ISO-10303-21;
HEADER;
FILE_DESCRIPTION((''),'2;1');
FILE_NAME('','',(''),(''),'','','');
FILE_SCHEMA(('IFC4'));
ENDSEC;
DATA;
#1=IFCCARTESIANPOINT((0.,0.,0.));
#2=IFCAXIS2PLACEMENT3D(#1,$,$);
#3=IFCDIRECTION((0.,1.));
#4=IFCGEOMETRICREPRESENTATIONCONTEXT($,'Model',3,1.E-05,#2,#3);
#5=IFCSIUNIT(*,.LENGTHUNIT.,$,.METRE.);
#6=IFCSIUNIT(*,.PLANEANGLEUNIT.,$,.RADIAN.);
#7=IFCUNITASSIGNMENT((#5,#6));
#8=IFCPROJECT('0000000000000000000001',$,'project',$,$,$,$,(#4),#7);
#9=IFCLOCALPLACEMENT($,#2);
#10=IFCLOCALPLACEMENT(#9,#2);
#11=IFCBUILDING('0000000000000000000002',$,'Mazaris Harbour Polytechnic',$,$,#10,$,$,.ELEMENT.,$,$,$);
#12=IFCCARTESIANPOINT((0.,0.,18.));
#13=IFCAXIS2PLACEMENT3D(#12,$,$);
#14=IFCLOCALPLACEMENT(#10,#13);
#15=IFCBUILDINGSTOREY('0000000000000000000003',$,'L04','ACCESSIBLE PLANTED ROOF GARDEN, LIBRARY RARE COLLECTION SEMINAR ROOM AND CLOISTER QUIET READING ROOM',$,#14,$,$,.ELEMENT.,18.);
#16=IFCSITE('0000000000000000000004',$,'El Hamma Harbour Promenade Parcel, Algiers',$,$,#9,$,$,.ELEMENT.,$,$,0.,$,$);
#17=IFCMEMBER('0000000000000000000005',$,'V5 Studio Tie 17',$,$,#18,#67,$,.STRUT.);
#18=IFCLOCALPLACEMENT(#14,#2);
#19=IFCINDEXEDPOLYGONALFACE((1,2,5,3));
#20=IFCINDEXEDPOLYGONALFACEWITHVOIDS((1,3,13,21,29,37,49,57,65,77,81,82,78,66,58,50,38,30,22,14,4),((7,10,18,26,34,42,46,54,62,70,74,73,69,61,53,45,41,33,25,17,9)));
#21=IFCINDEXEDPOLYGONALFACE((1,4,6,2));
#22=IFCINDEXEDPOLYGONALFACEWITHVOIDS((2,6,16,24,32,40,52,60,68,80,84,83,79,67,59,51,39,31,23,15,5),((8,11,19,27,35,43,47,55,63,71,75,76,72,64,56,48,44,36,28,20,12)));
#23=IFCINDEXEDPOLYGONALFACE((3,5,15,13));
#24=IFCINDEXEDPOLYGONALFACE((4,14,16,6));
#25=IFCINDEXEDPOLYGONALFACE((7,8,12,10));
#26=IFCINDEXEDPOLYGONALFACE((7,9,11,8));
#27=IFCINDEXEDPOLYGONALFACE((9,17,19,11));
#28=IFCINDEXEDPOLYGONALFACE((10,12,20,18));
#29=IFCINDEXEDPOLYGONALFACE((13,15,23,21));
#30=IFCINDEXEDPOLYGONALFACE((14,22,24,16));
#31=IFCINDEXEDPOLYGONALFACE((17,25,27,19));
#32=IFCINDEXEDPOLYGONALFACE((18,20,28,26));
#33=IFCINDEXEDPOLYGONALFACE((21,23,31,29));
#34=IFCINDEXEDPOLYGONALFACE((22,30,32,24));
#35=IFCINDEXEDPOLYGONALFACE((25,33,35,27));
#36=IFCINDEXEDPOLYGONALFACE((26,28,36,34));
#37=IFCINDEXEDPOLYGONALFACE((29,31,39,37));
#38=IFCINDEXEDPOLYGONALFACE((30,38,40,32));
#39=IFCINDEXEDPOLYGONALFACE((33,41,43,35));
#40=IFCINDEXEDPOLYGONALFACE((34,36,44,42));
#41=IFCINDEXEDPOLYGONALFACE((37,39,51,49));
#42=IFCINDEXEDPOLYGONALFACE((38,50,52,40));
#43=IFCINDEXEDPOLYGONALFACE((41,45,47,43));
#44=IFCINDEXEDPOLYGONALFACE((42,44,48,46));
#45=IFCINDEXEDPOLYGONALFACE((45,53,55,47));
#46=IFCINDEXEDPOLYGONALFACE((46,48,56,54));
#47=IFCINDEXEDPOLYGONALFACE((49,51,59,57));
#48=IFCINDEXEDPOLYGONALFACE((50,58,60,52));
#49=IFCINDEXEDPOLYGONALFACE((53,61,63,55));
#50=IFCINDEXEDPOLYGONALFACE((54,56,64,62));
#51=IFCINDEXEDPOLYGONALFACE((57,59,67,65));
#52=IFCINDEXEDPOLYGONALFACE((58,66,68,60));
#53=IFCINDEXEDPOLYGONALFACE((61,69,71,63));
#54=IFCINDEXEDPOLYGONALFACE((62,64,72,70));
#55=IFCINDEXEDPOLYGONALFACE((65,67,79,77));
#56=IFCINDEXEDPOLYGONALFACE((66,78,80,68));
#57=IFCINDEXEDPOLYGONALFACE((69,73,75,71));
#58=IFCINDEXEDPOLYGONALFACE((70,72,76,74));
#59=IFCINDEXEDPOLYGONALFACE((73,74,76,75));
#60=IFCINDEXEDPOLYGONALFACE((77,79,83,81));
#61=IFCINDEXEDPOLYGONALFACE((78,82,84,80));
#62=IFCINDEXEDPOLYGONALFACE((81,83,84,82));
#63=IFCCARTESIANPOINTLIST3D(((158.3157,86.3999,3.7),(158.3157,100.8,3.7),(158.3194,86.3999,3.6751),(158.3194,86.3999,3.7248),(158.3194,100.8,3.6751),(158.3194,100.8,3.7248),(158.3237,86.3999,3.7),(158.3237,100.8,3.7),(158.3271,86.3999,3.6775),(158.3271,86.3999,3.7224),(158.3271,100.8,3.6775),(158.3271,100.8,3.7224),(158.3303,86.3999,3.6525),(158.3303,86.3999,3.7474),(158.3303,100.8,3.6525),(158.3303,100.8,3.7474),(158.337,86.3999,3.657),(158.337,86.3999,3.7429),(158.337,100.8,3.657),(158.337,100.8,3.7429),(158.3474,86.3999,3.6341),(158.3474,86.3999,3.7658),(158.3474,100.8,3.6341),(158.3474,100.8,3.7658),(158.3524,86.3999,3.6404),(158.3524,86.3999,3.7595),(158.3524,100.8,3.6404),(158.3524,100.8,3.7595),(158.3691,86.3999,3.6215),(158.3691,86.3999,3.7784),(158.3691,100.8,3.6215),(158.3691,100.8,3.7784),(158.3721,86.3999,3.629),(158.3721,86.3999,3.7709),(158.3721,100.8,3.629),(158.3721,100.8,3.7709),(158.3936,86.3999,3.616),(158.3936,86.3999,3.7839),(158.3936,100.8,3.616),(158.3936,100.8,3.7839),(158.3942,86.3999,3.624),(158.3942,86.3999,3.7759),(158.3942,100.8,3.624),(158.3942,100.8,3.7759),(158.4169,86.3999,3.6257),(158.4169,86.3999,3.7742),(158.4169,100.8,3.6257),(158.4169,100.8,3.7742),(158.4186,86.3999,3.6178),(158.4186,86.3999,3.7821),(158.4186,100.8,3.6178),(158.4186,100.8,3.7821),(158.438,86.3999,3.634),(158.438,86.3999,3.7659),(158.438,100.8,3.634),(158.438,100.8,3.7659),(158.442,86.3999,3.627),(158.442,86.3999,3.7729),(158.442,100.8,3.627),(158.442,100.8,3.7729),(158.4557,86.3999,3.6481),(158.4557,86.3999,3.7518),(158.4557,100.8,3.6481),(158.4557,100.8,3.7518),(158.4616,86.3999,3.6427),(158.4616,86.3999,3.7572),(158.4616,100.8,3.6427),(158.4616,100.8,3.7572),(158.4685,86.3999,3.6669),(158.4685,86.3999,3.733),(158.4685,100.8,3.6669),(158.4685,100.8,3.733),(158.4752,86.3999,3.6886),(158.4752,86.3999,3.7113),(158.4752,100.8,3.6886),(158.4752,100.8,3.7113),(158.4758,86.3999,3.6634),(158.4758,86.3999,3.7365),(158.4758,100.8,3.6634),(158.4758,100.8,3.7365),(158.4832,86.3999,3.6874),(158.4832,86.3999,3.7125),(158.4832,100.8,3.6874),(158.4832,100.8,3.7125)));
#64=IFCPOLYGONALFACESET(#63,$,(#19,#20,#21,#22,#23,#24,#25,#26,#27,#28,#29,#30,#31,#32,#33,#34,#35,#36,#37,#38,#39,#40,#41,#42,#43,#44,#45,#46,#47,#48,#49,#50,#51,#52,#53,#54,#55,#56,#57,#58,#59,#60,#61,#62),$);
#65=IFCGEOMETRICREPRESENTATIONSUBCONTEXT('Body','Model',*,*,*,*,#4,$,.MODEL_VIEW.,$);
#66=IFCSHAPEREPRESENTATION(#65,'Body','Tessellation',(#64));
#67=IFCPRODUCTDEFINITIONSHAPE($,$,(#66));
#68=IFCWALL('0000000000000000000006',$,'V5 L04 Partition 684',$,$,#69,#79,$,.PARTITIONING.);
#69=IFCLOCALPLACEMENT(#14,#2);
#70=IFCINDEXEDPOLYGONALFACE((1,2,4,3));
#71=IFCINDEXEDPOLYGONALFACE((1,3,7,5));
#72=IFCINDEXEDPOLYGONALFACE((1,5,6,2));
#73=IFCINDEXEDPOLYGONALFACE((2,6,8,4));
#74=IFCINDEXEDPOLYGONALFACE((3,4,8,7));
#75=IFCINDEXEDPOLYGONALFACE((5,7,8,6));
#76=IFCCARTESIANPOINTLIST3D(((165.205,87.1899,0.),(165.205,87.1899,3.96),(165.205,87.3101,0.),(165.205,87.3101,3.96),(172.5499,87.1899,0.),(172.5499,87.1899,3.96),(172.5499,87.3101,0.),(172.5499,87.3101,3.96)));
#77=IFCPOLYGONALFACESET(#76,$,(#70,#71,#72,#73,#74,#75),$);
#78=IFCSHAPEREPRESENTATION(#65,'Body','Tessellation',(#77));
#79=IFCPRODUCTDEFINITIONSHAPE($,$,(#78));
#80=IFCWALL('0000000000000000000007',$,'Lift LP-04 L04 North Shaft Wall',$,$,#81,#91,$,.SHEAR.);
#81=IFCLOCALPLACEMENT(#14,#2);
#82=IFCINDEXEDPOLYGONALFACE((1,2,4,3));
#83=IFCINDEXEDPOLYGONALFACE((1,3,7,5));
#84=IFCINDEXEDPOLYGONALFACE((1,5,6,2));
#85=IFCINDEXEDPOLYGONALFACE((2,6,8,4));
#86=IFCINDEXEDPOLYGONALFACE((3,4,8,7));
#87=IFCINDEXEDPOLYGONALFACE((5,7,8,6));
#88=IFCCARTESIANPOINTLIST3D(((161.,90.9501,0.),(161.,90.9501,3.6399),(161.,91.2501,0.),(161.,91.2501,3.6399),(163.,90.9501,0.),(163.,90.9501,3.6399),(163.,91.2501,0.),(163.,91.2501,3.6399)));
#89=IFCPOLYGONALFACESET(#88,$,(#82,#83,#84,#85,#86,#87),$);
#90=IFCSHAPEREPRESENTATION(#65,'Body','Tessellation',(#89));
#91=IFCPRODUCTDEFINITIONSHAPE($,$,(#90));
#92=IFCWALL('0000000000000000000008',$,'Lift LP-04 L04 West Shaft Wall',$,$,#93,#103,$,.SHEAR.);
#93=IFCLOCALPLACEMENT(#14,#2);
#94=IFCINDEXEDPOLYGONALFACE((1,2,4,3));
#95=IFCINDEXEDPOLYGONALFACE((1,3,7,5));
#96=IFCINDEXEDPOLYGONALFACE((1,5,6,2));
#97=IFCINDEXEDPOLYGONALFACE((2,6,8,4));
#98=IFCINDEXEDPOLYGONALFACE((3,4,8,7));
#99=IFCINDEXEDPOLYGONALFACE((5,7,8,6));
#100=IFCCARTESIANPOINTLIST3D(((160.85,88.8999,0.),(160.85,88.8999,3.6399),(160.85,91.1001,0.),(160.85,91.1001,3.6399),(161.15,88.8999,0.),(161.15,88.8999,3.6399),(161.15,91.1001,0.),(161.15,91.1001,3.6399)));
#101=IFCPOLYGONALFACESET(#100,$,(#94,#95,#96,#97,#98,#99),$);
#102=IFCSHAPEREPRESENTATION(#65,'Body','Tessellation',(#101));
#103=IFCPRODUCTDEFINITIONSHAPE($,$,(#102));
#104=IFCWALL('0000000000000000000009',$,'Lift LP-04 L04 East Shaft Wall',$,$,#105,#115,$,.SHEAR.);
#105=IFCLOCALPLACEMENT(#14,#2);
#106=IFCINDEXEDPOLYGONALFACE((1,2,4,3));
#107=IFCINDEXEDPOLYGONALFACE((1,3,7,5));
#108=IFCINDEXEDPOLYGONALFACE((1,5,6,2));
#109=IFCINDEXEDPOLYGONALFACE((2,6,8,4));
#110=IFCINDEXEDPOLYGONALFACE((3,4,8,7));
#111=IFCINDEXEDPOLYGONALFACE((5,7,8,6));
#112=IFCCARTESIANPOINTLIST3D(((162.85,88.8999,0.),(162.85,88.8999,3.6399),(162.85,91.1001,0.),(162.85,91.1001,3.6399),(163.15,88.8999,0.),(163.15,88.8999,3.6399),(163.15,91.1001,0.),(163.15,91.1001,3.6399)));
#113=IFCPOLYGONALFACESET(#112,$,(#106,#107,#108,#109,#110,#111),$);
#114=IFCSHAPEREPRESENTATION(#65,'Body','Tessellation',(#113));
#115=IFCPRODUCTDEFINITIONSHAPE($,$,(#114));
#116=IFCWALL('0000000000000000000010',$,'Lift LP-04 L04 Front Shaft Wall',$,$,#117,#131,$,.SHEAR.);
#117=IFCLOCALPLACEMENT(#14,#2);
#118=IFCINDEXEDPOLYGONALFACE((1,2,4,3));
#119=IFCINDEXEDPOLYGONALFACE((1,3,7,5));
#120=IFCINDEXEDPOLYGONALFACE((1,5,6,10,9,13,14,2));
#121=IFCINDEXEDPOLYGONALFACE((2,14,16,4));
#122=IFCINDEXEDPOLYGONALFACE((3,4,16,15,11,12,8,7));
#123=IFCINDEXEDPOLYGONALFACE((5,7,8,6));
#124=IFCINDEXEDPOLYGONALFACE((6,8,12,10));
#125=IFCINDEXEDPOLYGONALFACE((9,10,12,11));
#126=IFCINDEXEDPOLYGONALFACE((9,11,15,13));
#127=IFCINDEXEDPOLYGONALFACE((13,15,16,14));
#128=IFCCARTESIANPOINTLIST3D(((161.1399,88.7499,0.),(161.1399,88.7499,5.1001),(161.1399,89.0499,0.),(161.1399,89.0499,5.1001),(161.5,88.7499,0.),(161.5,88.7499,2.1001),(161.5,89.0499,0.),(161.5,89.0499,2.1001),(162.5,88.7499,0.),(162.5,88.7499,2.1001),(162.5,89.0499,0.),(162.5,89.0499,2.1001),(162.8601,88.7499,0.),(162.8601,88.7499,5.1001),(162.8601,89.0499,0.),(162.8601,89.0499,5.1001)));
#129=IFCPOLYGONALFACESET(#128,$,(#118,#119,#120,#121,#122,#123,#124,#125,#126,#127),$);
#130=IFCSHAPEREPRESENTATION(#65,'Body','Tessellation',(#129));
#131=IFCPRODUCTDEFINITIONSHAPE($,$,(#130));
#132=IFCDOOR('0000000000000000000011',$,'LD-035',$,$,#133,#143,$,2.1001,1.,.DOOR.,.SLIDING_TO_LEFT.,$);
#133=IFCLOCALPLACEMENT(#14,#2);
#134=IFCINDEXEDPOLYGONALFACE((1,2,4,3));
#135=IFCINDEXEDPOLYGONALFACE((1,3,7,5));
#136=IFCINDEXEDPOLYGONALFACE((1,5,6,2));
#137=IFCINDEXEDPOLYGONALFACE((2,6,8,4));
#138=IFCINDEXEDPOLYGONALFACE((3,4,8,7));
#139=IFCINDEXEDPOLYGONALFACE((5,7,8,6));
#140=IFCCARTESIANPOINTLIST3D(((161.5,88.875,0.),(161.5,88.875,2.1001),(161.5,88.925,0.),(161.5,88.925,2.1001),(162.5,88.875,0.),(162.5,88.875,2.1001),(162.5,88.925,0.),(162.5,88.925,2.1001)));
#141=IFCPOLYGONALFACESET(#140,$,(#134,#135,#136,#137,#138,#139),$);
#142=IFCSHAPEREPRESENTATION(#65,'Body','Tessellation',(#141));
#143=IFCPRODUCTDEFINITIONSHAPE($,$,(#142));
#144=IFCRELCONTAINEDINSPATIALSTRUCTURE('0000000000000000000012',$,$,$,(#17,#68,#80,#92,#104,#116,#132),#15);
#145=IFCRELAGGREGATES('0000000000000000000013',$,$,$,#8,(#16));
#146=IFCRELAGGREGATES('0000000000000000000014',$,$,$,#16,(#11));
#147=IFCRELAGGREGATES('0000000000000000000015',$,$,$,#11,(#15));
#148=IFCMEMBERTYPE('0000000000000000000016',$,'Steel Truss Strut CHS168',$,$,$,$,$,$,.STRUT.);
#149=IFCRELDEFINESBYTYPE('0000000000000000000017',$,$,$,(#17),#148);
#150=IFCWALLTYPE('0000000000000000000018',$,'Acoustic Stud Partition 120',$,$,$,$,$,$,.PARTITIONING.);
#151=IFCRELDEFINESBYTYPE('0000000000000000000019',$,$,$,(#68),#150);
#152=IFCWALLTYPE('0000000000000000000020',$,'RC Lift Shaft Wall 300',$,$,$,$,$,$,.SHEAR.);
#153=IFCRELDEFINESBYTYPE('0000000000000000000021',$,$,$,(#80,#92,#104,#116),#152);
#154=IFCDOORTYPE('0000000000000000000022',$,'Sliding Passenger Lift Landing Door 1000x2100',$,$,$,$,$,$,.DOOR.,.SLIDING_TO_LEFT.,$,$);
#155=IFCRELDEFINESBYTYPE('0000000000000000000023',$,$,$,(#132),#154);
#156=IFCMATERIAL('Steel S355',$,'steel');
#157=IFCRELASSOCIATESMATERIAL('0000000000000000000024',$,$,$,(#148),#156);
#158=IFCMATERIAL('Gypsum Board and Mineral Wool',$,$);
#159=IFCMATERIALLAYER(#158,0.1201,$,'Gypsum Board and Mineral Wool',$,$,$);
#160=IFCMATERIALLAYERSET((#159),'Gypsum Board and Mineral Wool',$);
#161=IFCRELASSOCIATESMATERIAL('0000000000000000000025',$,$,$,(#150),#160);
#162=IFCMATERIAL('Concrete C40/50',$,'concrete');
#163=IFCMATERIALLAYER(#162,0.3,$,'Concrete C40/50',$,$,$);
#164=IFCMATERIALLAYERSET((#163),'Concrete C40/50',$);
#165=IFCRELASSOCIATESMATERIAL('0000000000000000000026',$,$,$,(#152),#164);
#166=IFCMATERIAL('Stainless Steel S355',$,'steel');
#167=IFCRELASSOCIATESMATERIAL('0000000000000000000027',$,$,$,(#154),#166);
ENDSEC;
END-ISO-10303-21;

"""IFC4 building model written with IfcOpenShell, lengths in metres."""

from ifc_helpers import new_model, si_unit, direction, frame, frame_2d, origin, origin_2d, place, context, subcontext, project, spatial, rectangle, hollow_circle, extrude, material, layer, layer_set, material_profile, profile_set, type_object, element, fill, save


model = new_model("IFC4")

# Units and contexts
model_context = context("Model", 3, precision=1e-05, world=origin(), true_north=direction((0.0, 1.0)))
body_context = subcontext(model_context, "Body", "Model", "MODEL_VIEW")
ifc_project = project(units=[si_unit("LENGTHUNIT", "METRE"), si_unit("PLANEANGLEUNIT", "RADIAN")], contexts=[model_context])

# Site, building, storey
site_placement = place(None, origin())
site = spatial("IfcSite", under=ifc_project, at=site_placement, Name="El Hamma Harbour Promenade Parcel, Algiers", CompositionType="ELEMENT", RefElevation=0.0)
building_placement = place(site_placement, origin())
building = spatial("IfcBuilding", under=site, at=building_placement, Name="Mazaris Harbour Polytechnic", CompositionType="ELEMENT")
storey_placement = place(building_placement, frame((0.0, 0.0, 18.0)))
storey = spatial("IfcBuildingStorey", under=building, at=storey_placement, Name="L04", Description="ACCESSIBLE PLANTED ROOF GARDEN, LIBRARY RARE COLLECTION SEMINAR ROOM AND CLOISTER QUIET READING ROOM", CompositionType="ELEMENT", Elevation=18.0)

# Member
ifc_material_1 = material(Name="Steel S355", Category="steel")
ifc_material_profile_1 = material_profile(ifc_material_1, hollow_circle(Radius=0.0842, WallThickness=0.0081, at=origin_2d()), Name="CHS 168.3x8.0")
ifc_profile_set_1 = profile_set([ifc_material_profile_1], Name="Steel S355")
member_type_1 = type_object("IfcMemberType", Name="Steel Truss Strut CHS168", PredefinedType="STRUT", material=ifc_profile_set_1)
for number, where, z_axis, x_axis, name in (
    (1, (158.3999, 86.3999, 3.7), (0.0, 1.0, 0.0), (-1.0, 0.0, 0.0), "V5 Studio Tie 17"),
):
    element("IfcMember", number, at=place(storey_placement, frame(where, z_axis=z_axis, x_axis=x_axis)), inside=storey, type_object=member_type_1, Name=name, PredefinedType="STRUT", context=body_context, shape_type="SweptSolid", body=[
        extrude(hollow_circle(Radius=0.0842, WallThickness=0.0081, at=origin_2d()), origin(), (0.0, 0.0, 1.0), 14.4001),
    ])

# Walls
ifc_material_2 = material(Name="Gypsum Board and Mineral Wool")
ifc_layer_1 = layer(ifc_material_2, 0.1201, Name="Gypsum Board and Mineral Wool")
ifc_layer_set_1 = layer_set([ifc_layer_1], Name="Gypsum Board and Mineral Wool")
wall_type_1 = type_object("IfcWallType", Name="Acoustic Stud Partition 120", PredefinedType="PARTITIONING", material=ifc_layer_set_1)
wall_1_placement = place(storey_placement, frame((165.2051, 87.25, 0.0), z_axis=(0.0, 0.0, 1.0), x_axis=(1.0, 0.0, 0.0)))
element("IfcWall", 2, at=wall_1_placement, inside=storey, type_object=wall_type_1, Name="V5 L04 Partition 684", PredefinedType="PARTITIONING", context=body_context, shape_type="SweptSolid", body=[
    extrude(rectangle(XDim=7.345, YDim=0.1201, at=frame_2d((3.6724, 0.0))), origin(), (0.0, 0.0, 1.0), 3.96),
])
ifc_material_3 = material(Name="Concrete C40/50", Category="concrete")
ifc_layer_2 = layer(ifc_material_3, 0.3, Name="Concrete C40/50")
ifc_layer_set_2 = layer_set([ifc_layer_2], Name="Concrete C40/50")
wall_type_2 = type_object("IfcWallType", Name="RC Lift Shaft Wall 300", PredefinedType="SHEAR", material=ifc_layer_set_2)
wall_2_placement = place(storey_placement, frame((163.0, 91.1001, 0.0), z_axis=(0.0, 0.0, 1.0), x_axis=(-1.0, 0.0, 0.0)))
element("IfcWall", 3, at=wall_2_placement, inside=storey, type_object=wall_type_2, Name="Lift LP-04 L04 North Shaft Wall", PredefinedType="SHEAR", context=body_context, shape_type="SweptSolid", body=[
    extrude(rectangle(XDim=2.0, YDim=0.3, at=frame_2d((1.0, 0.0))), origin(), (0.0, 0.0, 1.0), 3.6399),
])
for number, where, z_axis, x_axis, name in (
    (4, (161.0, 91.1001, 0.0), (0.0, 0.0, 1.0), (0.0, -1.0, 0.0), "Lift LP-04 L04 West Shaft Wall"),
    (5, (163.0, 88.8999, 0.0), (0.0, 0.0, 1.0), (0.0, 1.0, 0.0), "Lift LP-04 L04 East Shaft Wall"),
):
    element("IfcWall", number, at=place(storey_placement, frame(where, z_axis=z_axis, x_axis=x_axis)), inside=storey, type_object=wall_type_2, Name=name, PredefinedType="SHEAR", context=body_context, shape_type="SweptSolid", body=[
        extrude(rectangle(XDim=2.2002, YDim=0.3, at=frame_2d((1.1001, 0.0))), origin(), (0.0, 0.0, 1.0), 3.6399),
    ])

# Wall, opening, door
wall_3_placement = place(storey_placement, frame((162.8601, 88.8999, 0.0), z_axis=(0.0, 0.0, 1.0), x_axis=(-1.0, 0.0, 0.0)))
wall_3 = element("IfcWall", 6, at=wall_3_placement, inside=storey, type_object=wall_type_2, Name="Lift LP-04 L04 Front Shaft Wall", PredefinedType="SHEAR", context=body_context, shape_type="SweptSolid", body=[
    extrude(rectangle(XDim=1.7202, YDim=0.3, at=frame_2d((0.8601, 0.0))), origin(), (0.0, 0.0, 1.0), 5.1001),
])
opening_1_placement = place(wall_3_placement, frame((0.3601, 0.0, 0.0)))
opening_1 = element("IfcOpeningElement", 7, at=opening_1_placement, cuts=wall_3, PredefinedType="OPENING", context=body_context, shape_type="SweptSolid", body=[
    extrude(rectangle(XDim=1.0, YDim=2.1001, at=frame_2d((0.5, 1.05))), frame((0.0, 0.1599, 0.0), z_axis=(0.0, -1.0, 0.0), x_axis=(1.0, 0.0, 0.0)), (0.0, 0.0, 1.0), 0.3201),
])
ifc_material_4 = material(Name="Stainless Steel S355", Category="steel")
door_type_1 = type_object("IfcDoorType", Name="Sliding Passenger Lift Landing Door 1000x2100", OperationType="SLIDING_TO_LEFT", PredefinedType="DOOR", material=ifc_material_4)
door_1_placement = place(opening_1_placement, origin())
door_1 = element("IfcDoor", 8, at=door_1_placement, inside=storey, type_object=door_type_1, Name="LD-035", OperationType="SLIDING_TO_LEFT", OverallHeight=2.1001, OverallWidth=1.0, PredefinedType="DOOR", context=body_context, shape_type="SweptSolid", body=[
    extrude(rectangle(XDim=1.0, YDim=2.1001, at=frame_2d((0.5, 1.05))), frame((0.0, 0.0249, 0.0), z_axis=(0.0, -1.0, 0.0), x_axis=(1.0, 0.0, 0.0)), (0.0, 0.0, 1.0), 0.05),
])
fill(opening_1, door_1)

save(model, "model.ifc")
